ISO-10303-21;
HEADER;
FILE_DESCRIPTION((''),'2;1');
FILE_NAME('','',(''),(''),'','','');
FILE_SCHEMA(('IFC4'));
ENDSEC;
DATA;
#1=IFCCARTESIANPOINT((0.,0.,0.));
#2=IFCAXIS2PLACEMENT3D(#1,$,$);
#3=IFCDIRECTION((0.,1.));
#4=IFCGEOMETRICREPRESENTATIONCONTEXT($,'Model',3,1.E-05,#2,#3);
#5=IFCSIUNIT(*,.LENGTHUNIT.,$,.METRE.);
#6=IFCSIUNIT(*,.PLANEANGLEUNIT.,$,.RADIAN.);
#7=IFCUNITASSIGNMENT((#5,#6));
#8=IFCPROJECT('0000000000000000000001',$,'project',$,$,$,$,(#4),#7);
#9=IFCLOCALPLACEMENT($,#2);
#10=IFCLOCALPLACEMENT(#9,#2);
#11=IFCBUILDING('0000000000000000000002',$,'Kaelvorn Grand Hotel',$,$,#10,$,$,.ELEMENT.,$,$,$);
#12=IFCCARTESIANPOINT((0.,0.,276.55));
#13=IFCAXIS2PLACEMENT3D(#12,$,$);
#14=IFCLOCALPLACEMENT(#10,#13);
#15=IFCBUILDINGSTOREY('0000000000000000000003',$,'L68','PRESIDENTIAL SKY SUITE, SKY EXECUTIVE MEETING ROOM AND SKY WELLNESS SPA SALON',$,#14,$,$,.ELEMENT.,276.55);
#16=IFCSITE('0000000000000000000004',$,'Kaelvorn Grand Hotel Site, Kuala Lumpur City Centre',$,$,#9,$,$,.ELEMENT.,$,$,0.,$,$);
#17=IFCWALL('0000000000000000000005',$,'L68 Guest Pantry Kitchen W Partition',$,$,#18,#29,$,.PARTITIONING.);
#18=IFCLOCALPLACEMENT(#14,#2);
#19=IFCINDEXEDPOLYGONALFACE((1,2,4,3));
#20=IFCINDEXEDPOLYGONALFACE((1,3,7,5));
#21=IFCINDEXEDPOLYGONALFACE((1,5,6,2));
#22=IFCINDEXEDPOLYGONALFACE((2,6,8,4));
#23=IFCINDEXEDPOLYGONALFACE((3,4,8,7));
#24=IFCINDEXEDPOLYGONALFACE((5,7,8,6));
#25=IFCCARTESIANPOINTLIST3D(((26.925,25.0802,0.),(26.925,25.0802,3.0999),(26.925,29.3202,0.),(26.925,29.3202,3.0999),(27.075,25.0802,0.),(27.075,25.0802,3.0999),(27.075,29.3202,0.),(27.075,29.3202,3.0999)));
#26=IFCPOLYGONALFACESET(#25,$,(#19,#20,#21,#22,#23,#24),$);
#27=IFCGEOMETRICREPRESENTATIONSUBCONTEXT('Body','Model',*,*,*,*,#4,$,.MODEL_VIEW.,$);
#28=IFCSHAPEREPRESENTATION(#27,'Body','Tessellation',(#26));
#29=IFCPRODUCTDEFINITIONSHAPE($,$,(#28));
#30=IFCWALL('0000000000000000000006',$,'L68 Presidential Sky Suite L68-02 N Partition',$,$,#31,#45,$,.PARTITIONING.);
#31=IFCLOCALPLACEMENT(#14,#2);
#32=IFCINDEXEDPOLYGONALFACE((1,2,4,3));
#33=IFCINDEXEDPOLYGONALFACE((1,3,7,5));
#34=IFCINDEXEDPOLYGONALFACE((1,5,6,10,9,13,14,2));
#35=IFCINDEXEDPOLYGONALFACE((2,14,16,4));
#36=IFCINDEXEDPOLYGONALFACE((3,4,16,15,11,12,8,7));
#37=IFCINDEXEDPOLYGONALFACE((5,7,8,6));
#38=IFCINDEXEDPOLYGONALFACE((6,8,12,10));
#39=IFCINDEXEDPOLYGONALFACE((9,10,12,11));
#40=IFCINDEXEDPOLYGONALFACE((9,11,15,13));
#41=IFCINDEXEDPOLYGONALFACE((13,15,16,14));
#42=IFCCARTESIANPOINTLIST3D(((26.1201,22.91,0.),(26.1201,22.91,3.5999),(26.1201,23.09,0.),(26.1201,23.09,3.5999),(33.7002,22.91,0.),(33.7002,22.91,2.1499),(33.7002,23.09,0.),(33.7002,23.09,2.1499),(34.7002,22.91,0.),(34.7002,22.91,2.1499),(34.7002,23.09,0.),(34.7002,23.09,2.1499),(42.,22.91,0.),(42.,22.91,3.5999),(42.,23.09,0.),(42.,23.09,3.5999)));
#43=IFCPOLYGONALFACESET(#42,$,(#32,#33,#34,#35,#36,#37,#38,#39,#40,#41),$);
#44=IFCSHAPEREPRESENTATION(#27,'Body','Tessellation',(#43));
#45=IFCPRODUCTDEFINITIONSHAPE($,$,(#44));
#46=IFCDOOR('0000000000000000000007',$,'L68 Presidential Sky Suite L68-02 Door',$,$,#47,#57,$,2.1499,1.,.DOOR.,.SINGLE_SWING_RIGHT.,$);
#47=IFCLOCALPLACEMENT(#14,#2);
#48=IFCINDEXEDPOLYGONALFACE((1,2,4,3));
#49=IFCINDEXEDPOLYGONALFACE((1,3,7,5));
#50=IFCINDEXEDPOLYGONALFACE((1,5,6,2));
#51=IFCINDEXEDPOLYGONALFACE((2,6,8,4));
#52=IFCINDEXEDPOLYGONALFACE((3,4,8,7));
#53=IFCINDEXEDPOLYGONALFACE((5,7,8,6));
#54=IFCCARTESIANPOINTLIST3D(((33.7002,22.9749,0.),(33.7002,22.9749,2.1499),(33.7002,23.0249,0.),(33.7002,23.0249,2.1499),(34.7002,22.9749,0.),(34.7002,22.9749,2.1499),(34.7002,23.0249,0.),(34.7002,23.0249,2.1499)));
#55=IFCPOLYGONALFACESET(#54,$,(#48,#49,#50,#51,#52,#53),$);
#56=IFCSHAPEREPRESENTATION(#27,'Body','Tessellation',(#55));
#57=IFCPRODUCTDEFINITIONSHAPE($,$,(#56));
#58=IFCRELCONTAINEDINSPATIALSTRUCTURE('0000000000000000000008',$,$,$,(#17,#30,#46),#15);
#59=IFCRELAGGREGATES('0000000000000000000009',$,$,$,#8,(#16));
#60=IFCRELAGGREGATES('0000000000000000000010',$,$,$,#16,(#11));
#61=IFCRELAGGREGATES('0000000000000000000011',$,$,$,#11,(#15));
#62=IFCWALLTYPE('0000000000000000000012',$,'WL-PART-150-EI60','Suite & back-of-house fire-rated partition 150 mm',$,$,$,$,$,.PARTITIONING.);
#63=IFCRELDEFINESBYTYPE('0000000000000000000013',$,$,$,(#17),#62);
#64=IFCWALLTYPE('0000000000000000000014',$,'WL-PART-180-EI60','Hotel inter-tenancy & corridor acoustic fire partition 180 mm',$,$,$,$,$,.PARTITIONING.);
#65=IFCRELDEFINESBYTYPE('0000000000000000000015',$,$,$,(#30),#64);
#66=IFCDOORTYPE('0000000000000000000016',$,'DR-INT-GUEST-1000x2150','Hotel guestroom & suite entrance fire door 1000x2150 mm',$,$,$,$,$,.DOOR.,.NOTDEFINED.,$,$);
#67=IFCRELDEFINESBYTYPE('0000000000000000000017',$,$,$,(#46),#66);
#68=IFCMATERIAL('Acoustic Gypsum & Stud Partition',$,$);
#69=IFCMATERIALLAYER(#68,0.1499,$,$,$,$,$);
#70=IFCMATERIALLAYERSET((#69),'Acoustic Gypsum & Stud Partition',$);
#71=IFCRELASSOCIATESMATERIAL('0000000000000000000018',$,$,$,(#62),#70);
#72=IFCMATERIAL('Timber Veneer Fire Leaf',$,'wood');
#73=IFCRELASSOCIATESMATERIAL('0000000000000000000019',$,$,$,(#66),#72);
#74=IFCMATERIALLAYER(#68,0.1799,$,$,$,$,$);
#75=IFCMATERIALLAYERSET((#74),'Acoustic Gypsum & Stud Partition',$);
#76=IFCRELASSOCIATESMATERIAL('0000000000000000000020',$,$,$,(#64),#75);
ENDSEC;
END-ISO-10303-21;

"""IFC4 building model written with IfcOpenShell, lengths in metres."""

from ifc_helpers import new_model, si_unit, direction, frame, frame_2d, origin, place, context, subcontext, project, spatial, rectangle, extrude, material, layer, layer_set, type_object, element, fill, save


model = new_model("IFC4")

# Units and contexts
model_context = context("Model", 3, precision=1e-05, world=origin(), true_north=direction((0.0, 1.0)))
body_context = subcontext(model_context, "Body", "Model", "MODEL_VIEW")
ifc_project = project(units=[si_unit("LENGTHUNIT", "METRE"), si_unit("PLANEANGLEUNIT", "RADIAN")], contexts=[model_context])

# Site, building, storey
site_placement = place(None, origin())
site = spatial("IfcSite", under=ifc_project, at=site_placement, Name="Kaelvorn Grand Hotel Site, Kuala Lumpur City Centre", CompositionType="ELEMENT", RefElevation=0.0)
building_placement = place(site_placement, origin())
building = spatial("IfcBuilding", under=site, at=building_placement, Name="Kaelvorn Grand Hotel", CompositionType="ELEMENT")
storey_placement = place(building_placement, frame((0.0, 0.0, 276.55)))
storey = spatial("IfcBuildingStorey", under=building, at=storey_placement, Name="L68", Description="PRESIDENTIAL SKY SUITE, SKY EXECUTIVE MEETING ROOM AND SKY WELLNESS SPA SALON", CompositionType="ELEMENT", Elevation=276.55)

# Shared definitions
ifc_material_1 = material(Name="Acoustic Gypsum & Stud Partition")
ifc_layer_1 = layer(ifc_material_1, 0.1499)
ifc_layer_set_1 = layer_set([ifc_layer_1], Name="Acoustic Gypsum & Stud Partition")
wall_type_1 = type_object("IfcWallType", Name="WL-PART-150-EI60", Description="Suite & back-of-house fire-rated partition 150 mm", PredefinedType="PARTITIONING", material=ifc_layer_set_1)

# Shared definitions
ifc_material_2 = material(Name="Timber Veneer Fire Leaf", Category="wood")
door_type_1 = type_object("IfcDoorType", Name="DR-INT-GUEST-1000x2150", Description="Hotel guestroom & suite entrance fire door 1000x2150 mm", OperationType="NOTDEFINED", PredefinedType="DOOR", material=ifc_material_2)

# Wall
wall_1_placement = place(storey_placement, frame((27.0, 25.0801, 0.0), z_axis=(0.0, 0.0, 1.0), x_axis=(0.0, 1.0, 0.0)))
element("IfcWall", 1, at=wall_1_placement, inside=storey, type_object=wall_type_1, Name="L68 Guest Pantry Kitchen W Partition", PredefinedType="PARTITIONING", context=body_context, shape_type="SweptSolid", body=[
    extrude(rectangle(XDim=4.24, YDim=0.1499, at=frame_2d((2.1201, 0.0))), origin(), (0.0, 0.0, 1.0), 3.0999),
])

# Wall, opening, door
ifc_layer_2 = layer(ifc_material_1, 0.1799)
ifc_layer_set_2 = layer_set([ifc_layer_2], Name="Acoustic Gypsum & Stud Partition")
wall_type_2 = type_object("IfcWallType", Name="WL-PART-180-EI60", Description="Hotel inter-tenancy & corridor acoustic fire partition 180 mm", PredefinedType="PARTITIONING", material=ifc_layer_set_2)
wall_2_placement = place(storey_placement, frame((26.1201, 23.0, 0.0), z_axis=(0.0, 0.0, 1.0), x_axis=(1.0, 0.0, 0.0)))
wall_2 = element("IfcWall", 2, at=wall_2_placement, inside=storey, type_object=wall_type_2, Name="L68 Presidential Sky Suite L68-02 N Partition", PredefinedType="PARTITIONING", context=body_context, shape_type="SweptSolid", body=[
    extrude(rectangle(XDim=15.8799, YDim=0.1799, at=frame_2d((7.9399, 0.0))), origin(), (0.0, 0.0, 1.0), 3.5999),
])
opening_1_placement = place(wall_2_placement, frame((7.5801, 0.0, 0.0)))
opening_1 = element("IfcOpeningElement", 3, at=opening_1_placement, cuts=wall_2, PredefinedType="OPENING", context=body_context, shape_type="SweptSolid", body=[
    extrude(rectangle(XDim=1.0, YDim=2.1499, at=frame_2d((0.5, 1.075))), frame((0.0, 0.1001, 0.0), z_axis=(0.0, -1.0, 0.0), x_axis=(1.0, 0.0, 0.0)), (0.0, 0.0, 1.0), 0.2),
])
door_1_placement = place(opening_1_placement, origin())
door_1 = element("IfcDoor", 4, at=door_1_placement, inside=storey, type_object=door_type_1, Name="L68 Presidential Sky Suite L68-02 Door", OperationType="SINGLE_SWING_RIGHT", OverallHeight=2.1499, OverallWidth=1.0, PredefinedType="DOOR", context=body_context, shape_type="SweptSolid", body=[
    extrude(rectangle(XDim=1.0, YDim=2.1499, at=frame_2d((0.5, 1.075))), frame((0.0, 0.0249, 0.0), z_axis=(0.0, -1.0, 0.0), x_axis=(1.0, 0.0, 0.0)), (0.0, 0.0, 1.0), 0.05),
])
fill(opening_1, door_1)

save(model, "model.ifc")
